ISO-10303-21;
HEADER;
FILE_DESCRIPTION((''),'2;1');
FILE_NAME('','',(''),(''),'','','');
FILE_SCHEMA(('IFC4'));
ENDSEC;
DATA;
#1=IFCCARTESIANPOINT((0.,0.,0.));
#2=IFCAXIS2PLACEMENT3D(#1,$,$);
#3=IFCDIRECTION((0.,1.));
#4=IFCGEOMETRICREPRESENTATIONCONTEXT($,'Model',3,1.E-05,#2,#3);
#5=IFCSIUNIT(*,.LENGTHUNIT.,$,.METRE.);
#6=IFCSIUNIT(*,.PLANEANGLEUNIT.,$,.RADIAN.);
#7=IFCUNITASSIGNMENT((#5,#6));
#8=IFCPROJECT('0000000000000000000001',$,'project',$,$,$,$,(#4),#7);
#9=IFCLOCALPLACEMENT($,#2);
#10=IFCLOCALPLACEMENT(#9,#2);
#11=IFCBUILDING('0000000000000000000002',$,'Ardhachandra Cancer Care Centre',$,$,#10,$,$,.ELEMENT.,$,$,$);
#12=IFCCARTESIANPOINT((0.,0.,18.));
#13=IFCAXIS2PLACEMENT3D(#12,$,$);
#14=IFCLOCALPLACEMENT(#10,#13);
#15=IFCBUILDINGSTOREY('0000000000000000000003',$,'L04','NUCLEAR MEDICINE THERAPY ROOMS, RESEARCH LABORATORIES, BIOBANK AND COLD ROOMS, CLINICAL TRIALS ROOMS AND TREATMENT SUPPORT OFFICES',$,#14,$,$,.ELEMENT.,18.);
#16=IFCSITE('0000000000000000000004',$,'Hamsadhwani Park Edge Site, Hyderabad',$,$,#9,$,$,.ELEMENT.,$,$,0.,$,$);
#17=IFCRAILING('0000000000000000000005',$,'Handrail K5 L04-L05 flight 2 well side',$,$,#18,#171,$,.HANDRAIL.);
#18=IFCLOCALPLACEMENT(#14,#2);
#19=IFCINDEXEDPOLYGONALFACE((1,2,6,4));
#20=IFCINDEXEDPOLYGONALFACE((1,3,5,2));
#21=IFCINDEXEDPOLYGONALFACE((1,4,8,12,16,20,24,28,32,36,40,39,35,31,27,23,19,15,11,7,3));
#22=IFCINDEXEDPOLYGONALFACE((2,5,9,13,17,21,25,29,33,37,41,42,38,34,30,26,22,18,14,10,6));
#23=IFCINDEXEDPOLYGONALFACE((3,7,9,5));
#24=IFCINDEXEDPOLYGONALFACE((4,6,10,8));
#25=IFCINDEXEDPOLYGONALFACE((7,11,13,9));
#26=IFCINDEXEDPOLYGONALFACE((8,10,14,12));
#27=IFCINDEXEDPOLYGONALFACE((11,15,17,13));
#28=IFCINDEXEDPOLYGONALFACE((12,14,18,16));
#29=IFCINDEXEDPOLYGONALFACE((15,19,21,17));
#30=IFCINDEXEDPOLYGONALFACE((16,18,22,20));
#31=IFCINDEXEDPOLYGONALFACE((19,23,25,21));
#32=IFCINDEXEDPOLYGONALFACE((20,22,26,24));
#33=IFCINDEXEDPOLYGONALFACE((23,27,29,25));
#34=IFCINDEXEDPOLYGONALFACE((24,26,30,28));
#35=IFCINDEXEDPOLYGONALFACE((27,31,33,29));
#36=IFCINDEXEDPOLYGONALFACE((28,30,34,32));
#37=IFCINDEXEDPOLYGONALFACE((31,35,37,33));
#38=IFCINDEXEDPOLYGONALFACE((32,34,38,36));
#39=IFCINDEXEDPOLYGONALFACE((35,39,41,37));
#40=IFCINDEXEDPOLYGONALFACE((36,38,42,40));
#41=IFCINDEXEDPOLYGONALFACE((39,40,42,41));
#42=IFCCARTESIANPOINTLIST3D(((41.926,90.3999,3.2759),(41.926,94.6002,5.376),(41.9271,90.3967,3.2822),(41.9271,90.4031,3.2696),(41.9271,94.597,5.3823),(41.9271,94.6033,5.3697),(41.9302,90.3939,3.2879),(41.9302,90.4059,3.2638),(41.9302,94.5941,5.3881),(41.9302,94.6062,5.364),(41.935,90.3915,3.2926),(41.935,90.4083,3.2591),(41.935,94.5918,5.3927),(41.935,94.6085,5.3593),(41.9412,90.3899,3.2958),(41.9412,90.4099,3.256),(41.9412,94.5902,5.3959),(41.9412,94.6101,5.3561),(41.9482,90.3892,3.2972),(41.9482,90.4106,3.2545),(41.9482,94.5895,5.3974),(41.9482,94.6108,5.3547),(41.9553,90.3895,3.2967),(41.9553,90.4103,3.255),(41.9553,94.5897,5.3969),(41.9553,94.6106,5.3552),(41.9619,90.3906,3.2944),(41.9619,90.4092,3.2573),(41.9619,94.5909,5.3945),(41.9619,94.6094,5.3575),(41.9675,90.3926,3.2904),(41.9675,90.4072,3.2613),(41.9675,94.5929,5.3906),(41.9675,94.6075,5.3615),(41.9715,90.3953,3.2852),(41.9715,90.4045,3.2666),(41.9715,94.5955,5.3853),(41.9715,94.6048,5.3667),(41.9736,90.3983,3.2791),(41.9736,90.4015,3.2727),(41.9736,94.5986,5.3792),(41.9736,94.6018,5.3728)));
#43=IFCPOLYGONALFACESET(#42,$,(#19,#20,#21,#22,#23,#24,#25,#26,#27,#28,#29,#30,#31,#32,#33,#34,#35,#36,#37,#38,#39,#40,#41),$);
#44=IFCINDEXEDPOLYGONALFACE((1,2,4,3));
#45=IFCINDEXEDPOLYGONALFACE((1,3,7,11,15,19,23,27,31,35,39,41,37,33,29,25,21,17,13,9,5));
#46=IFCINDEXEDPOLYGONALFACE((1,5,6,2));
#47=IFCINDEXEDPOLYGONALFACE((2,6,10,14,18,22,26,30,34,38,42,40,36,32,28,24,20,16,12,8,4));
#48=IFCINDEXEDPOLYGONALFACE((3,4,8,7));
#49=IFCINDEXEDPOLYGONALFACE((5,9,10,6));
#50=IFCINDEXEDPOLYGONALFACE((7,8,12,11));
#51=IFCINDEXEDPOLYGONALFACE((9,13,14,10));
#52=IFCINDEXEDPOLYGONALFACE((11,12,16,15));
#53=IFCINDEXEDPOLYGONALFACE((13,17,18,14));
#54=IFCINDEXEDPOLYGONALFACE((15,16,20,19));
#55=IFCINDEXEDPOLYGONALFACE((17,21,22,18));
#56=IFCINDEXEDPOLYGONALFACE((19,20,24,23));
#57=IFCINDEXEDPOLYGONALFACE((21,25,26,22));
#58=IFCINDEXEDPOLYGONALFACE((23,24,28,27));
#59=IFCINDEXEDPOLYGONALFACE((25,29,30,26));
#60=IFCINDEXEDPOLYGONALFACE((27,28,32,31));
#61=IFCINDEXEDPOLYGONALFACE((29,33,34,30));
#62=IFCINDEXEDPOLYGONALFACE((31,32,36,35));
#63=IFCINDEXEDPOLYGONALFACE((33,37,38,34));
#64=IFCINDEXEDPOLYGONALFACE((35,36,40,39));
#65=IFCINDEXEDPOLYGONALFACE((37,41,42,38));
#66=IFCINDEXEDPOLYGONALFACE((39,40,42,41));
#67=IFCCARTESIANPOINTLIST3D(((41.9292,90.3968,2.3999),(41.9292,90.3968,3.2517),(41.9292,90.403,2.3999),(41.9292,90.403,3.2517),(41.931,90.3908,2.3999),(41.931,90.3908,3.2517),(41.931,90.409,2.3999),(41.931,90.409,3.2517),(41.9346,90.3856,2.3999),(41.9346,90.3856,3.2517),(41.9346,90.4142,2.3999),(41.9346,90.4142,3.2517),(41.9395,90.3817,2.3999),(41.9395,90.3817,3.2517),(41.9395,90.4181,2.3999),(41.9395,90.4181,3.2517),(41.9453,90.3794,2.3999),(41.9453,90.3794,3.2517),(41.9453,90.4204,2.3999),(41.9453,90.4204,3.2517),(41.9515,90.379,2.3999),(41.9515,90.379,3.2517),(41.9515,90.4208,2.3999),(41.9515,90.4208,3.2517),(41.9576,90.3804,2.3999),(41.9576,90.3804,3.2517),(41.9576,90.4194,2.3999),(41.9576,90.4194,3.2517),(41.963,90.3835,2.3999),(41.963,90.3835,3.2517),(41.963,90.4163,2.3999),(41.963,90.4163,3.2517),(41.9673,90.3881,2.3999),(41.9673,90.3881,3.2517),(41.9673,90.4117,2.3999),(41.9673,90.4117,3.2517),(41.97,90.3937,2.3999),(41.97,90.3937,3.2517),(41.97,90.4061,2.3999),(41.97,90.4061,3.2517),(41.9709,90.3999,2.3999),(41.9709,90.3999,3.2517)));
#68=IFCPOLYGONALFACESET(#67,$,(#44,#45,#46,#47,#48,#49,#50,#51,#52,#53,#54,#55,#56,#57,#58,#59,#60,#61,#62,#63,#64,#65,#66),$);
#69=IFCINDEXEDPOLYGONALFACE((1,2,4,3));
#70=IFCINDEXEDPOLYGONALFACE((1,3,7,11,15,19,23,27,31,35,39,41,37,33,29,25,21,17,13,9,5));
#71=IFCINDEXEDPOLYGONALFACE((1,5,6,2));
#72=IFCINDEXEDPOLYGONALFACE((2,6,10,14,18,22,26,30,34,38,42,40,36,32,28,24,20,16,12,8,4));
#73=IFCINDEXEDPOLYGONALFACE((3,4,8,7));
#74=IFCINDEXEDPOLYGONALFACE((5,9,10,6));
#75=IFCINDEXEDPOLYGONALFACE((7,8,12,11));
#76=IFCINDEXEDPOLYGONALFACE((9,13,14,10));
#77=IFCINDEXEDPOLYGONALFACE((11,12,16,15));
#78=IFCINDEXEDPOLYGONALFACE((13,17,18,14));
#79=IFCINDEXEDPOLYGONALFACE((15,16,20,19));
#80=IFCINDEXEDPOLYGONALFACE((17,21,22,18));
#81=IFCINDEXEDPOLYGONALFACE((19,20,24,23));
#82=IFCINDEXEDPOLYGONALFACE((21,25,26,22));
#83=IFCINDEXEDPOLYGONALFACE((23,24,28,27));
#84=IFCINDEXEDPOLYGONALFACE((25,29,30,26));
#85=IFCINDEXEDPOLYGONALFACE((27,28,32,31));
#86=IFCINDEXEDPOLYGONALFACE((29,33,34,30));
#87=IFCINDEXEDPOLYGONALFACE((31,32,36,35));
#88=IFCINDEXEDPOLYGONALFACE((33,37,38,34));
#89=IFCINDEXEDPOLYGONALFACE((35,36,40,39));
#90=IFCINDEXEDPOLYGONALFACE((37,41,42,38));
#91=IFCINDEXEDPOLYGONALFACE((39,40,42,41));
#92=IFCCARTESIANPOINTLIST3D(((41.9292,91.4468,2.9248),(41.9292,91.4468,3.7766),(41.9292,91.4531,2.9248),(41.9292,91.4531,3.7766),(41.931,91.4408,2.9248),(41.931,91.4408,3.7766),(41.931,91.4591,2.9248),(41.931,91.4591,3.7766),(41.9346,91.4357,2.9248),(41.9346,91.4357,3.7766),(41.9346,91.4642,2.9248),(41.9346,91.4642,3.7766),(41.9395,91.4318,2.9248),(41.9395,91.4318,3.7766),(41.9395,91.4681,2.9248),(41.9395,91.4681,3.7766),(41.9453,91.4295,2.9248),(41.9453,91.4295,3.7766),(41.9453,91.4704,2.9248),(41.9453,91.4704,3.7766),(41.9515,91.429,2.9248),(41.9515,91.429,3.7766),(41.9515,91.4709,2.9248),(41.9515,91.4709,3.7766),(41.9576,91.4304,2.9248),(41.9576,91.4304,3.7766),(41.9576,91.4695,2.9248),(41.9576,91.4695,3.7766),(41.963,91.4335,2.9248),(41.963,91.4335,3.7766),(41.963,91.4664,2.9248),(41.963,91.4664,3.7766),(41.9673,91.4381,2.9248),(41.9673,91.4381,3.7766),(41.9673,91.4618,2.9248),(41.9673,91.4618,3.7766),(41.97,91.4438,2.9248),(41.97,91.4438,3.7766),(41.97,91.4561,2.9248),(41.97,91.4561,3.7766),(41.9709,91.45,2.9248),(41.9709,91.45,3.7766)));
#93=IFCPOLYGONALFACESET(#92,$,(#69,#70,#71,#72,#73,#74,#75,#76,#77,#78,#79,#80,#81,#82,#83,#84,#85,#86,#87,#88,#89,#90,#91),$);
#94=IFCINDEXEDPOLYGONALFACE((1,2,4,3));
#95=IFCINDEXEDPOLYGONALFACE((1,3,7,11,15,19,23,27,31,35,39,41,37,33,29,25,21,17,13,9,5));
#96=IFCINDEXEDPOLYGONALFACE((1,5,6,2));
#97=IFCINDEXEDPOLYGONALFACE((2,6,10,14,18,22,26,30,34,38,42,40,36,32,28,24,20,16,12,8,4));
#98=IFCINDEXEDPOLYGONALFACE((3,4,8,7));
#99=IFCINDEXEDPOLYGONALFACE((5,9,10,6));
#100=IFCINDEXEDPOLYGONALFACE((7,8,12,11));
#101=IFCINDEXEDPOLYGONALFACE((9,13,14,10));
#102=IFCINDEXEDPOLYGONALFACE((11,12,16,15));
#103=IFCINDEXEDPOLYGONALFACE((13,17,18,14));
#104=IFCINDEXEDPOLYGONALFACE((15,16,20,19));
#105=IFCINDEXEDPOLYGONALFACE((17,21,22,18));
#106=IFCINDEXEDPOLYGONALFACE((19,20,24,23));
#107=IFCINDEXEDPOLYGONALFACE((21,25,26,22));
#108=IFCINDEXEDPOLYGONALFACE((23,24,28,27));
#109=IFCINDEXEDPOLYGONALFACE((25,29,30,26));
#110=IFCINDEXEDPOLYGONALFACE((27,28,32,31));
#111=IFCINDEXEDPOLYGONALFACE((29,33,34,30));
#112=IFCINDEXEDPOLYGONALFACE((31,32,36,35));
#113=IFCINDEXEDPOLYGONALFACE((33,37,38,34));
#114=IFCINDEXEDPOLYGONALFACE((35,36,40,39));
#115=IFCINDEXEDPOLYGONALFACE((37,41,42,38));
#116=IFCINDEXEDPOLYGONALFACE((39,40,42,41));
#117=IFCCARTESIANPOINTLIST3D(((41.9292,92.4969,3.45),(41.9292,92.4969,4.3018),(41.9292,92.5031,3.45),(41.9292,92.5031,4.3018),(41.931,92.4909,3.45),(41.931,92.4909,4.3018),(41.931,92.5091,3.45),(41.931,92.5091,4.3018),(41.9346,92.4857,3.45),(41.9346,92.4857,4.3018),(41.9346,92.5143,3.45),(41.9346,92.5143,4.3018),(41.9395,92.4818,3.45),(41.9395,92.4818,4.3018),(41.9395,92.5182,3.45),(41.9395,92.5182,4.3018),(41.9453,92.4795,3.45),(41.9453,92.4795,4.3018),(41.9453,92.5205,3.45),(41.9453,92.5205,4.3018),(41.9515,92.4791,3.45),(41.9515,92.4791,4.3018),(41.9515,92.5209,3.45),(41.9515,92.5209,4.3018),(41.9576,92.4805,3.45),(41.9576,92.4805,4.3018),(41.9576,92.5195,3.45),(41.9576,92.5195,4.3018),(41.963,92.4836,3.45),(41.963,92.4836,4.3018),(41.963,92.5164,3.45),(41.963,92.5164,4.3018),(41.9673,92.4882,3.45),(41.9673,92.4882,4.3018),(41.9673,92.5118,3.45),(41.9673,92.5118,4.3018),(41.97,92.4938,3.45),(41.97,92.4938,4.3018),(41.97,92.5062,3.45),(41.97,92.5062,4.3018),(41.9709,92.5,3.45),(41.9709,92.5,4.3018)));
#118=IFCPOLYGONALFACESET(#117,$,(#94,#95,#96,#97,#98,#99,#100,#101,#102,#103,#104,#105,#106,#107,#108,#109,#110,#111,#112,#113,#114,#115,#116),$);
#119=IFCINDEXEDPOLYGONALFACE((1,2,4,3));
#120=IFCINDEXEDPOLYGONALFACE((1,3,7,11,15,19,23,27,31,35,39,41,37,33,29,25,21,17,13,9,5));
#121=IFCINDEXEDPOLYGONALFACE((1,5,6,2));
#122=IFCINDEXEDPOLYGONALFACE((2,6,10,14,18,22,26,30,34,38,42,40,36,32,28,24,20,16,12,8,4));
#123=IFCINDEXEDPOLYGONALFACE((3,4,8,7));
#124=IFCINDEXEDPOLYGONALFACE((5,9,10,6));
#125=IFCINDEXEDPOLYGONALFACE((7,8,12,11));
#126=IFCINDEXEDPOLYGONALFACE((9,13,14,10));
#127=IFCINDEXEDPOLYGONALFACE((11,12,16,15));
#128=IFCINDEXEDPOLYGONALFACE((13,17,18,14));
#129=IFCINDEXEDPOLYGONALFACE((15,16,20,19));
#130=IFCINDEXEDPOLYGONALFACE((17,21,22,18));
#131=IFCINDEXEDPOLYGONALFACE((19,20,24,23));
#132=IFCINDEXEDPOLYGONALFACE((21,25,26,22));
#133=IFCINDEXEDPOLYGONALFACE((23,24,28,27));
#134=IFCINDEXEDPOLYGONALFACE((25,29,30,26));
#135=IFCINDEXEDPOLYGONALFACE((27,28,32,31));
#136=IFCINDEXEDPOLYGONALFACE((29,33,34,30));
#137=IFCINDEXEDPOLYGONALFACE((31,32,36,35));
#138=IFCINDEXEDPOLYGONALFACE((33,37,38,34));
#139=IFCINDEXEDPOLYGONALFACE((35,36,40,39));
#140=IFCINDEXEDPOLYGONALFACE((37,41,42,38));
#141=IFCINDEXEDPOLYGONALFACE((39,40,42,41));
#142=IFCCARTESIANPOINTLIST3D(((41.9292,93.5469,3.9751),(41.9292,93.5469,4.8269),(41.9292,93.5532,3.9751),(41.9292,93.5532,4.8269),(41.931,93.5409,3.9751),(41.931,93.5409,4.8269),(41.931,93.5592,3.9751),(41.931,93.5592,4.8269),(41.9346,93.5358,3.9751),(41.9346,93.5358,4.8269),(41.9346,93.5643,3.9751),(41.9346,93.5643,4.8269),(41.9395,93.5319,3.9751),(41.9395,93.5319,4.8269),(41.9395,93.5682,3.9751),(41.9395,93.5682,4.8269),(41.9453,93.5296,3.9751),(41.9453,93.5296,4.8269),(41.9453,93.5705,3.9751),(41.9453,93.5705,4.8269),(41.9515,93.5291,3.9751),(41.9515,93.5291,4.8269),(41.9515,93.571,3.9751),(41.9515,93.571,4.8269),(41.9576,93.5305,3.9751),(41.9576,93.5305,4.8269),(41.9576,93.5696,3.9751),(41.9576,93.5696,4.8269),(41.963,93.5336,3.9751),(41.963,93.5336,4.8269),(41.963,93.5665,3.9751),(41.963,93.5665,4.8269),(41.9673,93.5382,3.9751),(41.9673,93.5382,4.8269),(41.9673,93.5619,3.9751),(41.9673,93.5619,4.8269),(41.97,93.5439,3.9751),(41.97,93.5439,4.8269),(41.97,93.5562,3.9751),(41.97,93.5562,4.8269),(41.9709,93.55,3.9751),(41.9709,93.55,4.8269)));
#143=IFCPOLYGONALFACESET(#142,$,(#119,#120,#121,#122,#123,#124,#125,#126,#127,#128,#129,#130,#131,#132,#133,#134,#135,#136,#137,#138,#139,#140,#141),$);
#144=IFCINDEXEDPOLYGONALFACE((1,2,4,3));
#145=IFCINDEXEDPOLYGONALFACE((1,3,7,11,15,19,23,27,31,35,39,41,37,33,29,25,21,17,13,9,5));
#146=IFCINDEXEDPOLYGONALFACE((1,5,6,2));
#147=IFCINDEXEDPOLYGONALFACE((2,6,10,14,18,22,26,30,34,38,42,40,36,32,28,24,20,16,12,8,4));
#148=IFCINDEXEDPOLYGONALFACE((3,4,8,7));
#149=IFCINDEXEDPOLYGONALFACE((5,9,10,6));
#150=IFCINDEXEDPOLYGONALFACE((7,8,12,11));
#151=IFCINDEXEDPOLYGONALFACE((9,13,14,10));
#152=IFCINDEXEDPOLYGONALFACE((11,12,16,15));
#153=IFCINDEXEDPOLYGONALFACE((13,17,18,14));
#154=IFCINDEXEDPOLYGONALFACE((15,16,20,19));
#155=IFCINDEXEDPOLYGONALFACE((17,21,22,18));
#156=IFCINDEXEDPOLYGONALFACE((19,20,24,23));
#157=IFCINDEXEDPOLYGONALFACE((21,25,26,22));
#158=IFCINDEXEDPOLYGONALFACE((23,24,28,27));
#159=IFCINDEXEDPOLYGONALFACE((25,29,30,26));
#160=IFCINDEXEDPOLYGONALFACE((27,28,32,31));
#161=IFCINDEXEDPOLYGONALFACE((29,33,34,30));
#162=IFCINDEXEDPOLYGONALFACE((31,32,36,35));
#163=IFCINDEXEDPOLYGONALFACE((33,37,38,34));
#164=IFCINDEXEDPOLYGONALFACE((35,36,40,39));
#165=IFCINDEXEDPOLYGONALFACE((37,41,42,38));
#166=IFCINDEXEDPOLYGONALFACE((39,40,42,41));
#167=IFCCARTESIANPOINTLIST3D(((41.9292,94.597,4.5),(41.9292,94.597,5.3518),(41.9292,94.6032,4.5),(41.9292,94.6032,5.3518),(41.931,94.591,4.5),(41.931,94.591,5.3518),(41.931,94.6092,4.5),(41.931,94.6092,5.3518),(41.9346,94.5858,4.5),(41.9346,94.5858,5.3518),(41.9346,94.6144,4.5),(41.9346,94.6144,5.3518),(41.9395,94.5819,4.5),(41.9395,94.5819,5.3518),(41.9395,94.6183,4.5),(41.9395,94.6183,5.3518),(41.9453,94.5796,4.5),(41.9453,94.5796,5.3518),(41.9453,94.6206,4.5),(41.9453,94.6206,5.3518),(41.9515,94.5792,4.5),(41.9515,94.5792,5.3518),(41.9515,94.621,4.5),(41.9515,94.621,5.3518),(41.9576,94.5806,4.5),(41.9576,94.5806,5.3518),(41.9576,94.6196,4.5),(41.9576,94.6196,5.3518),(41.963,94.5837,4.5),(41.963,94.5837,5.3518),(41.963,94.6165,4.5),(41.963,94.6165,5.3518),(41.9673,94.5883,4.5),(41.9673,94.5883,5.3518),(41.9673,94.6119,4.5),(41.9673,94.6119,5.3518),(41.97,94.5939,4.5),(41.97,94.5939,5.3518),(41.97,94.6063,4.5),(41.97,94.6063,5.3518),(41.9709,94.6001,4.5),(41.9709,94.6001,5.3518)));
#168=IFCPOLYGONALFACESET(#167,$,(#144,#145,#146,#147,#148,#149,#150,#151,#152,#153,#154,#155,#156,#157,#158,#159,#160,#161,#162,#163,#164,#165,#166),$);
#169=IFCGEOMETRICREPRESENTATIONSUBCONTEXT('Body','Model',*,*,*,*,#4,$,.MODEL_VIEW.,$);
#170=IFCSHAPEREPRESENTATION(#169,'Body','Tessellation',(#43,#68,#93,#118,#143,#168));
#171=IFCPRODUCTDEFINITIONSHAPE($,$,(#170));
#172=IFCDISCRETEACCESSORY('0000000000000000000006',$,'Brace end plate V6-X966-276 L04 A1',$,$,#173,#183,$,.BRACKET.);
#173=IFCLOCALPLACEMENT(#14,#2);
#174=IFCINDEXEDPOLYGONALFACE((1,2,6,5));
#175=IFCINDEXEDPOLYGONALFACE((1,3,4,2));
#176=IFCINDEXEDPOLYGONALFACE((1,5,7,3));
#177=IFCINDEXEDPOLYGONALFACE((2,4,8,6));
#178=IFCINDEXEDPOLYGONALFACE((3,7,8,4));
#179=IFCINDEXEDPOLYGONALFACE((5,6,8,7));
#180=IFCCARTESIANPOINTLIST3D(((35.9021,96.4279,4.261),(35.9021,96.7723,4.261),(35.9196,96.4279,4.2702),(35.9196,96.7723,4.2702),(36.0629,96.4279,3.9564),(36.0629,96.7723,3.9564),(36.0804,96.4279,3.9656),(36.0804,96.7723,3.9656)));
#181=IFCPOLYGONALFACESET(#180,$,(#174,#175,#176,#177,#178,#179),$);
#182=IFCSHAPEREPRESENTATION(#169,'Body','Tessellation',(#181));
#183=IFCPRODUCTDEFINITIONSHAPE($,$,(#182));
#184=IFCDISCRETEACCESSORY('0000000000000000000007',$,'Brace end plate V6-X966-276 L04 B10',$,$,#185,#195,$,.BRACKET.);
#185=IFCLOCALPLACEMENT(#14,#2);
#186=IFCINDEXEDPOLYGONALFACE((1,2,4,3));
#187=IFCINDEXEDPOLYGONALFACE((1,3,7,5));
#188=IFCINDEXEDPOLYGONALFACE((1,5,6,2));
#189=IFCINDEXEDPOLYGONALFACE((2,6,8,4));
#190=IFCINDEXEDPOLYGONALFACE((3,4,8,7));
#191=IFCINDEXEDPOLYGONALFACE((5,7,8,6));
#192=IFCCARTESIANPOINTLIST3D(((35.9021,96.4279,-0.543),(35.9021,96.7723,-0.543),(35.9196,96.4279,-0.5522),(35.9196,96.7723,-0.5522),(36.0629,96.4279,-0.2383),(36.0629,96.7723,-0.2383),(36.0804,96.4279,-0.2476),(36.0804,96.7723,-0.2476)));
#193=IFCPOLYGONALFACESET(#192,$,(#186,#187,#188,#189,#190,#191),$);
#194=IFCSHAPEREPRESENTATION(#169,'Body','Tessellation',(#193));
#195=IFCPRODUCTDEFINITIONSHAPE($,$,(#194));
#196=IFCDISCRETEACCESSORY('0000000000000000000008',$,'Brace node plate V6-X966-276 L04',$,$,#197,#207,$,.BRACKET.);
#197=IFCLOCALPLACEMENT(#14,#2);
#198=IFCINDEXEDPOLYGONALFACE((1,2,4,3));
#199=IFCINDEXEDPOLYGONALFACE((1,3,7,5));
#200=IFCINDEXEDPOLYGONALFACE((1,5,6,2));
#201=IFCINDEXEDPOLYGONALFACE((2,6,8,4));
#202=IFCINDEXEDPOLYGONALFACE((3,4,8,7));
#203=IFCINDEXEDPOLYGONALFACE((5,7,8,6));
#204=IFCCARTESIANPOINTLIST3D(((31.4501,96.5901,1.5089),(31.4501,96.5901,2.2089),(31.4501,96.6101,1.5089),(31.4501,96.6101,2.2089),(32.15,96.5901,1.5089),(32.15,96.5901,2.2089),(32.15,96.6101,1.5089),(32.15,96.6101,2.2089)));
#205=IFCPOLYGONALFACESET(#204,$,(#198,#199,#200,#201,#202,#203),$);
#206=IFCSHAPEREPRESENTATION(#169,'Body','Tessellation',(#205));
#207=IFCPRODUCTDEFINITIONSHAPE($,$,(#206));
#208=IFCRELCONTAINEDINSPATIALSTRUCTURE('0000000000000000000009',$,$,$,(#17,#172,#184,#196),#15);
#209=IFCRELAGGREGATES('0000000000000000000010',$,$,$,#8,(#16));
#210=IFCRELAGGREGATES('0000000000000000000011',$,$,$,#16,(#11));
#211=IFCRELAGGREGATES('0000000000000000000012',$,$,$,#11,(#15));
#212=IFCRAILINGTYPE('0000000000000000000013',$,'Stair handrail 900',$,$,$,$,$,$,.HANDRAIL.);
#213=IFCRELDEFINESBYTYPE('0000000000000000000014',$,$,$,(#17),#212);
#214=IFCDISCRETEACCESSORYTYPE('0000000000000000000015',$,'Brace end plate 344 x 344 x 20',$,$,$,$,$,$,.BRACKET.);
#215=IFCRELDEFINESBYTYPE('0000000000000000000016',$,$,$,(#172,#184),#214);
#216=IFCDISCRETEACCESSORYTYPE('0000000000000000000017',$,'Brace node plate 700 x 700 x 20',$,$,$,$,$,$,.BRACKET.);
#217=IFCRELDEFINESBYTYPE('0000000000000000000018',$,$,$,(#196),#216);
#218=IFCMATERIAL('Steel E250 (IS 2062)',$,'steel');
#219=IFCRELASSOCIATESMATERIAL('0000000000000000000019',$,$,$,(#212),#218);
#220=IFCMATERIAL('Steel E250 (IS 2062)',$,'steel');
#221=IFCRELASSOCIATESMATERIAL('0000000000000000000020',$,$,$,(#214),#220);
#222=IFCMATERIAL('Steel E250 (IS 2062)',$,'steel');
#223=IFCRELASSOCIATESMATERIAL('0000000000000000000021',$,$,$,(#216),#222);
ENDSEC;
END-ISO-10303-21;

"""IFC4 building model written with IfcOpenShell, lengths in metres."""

from ifc_helpers import new_model, si_unit, direction, frame, origin, origin_2d, place, context, subcontext, project, spatial, rectangle, circle, extrude, material, material_profile, profile_set, type_object, element, save


model = new_model("IFC4")

# Units and contexts
model_context = context("Model", 3, precision=1e-05, world=origin(), true_north=direction((0.0, 1.0)))
body_context = subcontext(model_context, "Body", "Model", "MODEL_VIEW")
ifc_project = project(units=[si_unit("LENGTHUNIT", "METRE"), si_unit("PLANEANGLEUNIT", "RADIAN")], contexts=[model_context])

# Site, building, storey
site_placement = place(None, origin())
site = spatial("IfcSite", under=ifc_project, at=site_placement, Name="Hamsadhwani Park Edge Site, Hyderabad", CompositionType="ELEMENT", RefElevation=0.0)
building_placement = place(site_placement, origin())
building = spatial("IfcBuilding", under=site, at=building_placement, Name="Ardhachandra Cancer Care Centre", CompositionType="ELEMENT")
storey_placement = place(building_placement, frame((0.0, 0.0, 18.0)))
storey = spatial("IfcBuildingStorey", under=building, at=storey_placement, Name="L04", Description="NUCLEAR MEDICINE THERAPY ROOMS, RESEARCH LABORATORIES, BIOBANK AND COLD ROOMS, CLINICAL TRIALS ROOMS AND TREATMENT SUPPORT OFFICES", CompositionType="ELEMENT", Elevation=18.0)

# Railing
ifc_material_1 = material(Name="Steel E250 (IS 2062)", Category="steel")
railing_type_1 = type_object("IfcRailingType", Name="Stair handrail 900", PredefinedType="HANDRAIL", material=ifc_material_1)
railing_1_placement = place(storey_placement, frame((41.95, 90.3999, 2.3999)))
element("IfcRailing", 1, at=railing_1_placement, inside=storey, type_object=railing_type_1, Name="Handrail K5 L04-L05 flight 2 well side", PredefinedType="HANDRAIL", context=body_context, shape_type="SweptSolid", body=[
    extrude(circle(Radius=0.0239, at=origin_2d()), frame((0.0, 0.0, 0.876), z_axis=(0.0, 0.894427, 0.447214), x_axis=(-1.0, 0.0, 0.0)), (0.0, 0.0, 1.0), 4.696),
    extrude(circle(Radius=0.021, at=origin_2d()), origin(), (0.0, 0.0, 1.0), 0.8518),
    extrude(circle(Radius=0.021, at=origin_2d()), frame((0.0, 1.05, 0.5249)), (0.0, 0.0, 1.0), 0.8518),
    extrude(circle(Radius=0.021, at=origin_2d()), frame((0.0, 2.1001, 1.05)), (0.0, 0.0, 1.0), 0.8518),
    extrude(circle(Radius=0.021, at=origin_2d()), frame((0.0, 3.1501, 1.5752)), (0.0, 0.0, 1.0), 0.8518),
    extrude(circle(Radius=0.021, at=origin_2d()), frame((0.0, 4.2002, 2.1001)), (0.0, 0.0, 1.0), 0.8518),
])

# Discrete accessories
ifc_material_2 = material(Name="Steel E250 (IS 2062)", Category="steel")
ifc_material_profile_1 = material_profile(ifc_material_2, rectangle(XDim=0.3445, YDim=0.3445, at=origin_2d()), Name="PL 344x344x20")
ifc_profile_set_1 = profile_set([ifc_material_profile_1], Name="Steel E250 (IS 2062)")
discrete_accessory_type_1 = type_object("IfcDiscreteAccessoryType", Name="Brace end plate 344 x 344 x 20", PredefinedType="BRACKET", material=ifc_profile_set_1)
for number, where, z_axis, x_axis, name in (
    (2, (36.0, 96.6001, 4.1179), (-0.884385, 0.0, -0.466759), (0.0, -1.0, 0.0), "Brace end plate V6-X966-276 L04 A1"),
    (3, (36.0, 96.6001, -0.3999), (-0.884385, 0.0, 0.466759), (0.0, -1.0, 0.0), "Brace end plate V6-X966-276 L04 B10"),
):
    element("IfcDiscreteAccessory", number, at=place(storey_placement, frame(where, z_axis=z_axis, x_axis=x_axis)), inside=storey, type_object=discrete_accessory_type_1, Name=name, PredefinedType="BRACKET", context=body_context, shape_type="SweptSolid", body=[
        extrude(rectangle(XDim=0.3445, YDim=0.3445, at=origin_2d()), origin(), (0.0, 0.0, 1.0), 0.0198),
    ])
ifc_material_3 = material(Name="Steel E250 (IS 2062)", Category="steel")
ifc_material_profile_2 = material_profile(ifc_material_3, rectangle(XDim=0.7, YDim=0.7, at=origin_2d()), Name="PL 700x700x20")
ifc_profile_set_2 = profile_set([ifc_material_profile_2], Name="Steel E250 (IS 2062)")
discrete_accessory_type_2 = type_object("IfcDiscreteAccessoryType", Name="Brace node plate 700 x 700 x 20", PredefinedType="BRACKET", material=ifc_profile_set_2)
discrete_accessory_placement = place(storey_placement, frame((31.8, 96.5901, 1.8589), z_axis=(0.0, 1.0, 0.0), x_axis=(-1.0, 0.0, 0.0)))
element("IfcDiscreteAccessory", 4, at=discrete_accessory_placement, inside=storey, type_object=discrete_accessory_type_2, Name="Brace node plate V6-X966-276 L04", PredefinedType="BRACKET", context=body_context, shape_type="SweptSolid", body=[
    extrude(rectangle(XDim=0.7, YDim=0.7, at=origin_2d()), origin(), (0.0, 0.0, 1.0), 0.02),
])

save(model, "model.ifc")
